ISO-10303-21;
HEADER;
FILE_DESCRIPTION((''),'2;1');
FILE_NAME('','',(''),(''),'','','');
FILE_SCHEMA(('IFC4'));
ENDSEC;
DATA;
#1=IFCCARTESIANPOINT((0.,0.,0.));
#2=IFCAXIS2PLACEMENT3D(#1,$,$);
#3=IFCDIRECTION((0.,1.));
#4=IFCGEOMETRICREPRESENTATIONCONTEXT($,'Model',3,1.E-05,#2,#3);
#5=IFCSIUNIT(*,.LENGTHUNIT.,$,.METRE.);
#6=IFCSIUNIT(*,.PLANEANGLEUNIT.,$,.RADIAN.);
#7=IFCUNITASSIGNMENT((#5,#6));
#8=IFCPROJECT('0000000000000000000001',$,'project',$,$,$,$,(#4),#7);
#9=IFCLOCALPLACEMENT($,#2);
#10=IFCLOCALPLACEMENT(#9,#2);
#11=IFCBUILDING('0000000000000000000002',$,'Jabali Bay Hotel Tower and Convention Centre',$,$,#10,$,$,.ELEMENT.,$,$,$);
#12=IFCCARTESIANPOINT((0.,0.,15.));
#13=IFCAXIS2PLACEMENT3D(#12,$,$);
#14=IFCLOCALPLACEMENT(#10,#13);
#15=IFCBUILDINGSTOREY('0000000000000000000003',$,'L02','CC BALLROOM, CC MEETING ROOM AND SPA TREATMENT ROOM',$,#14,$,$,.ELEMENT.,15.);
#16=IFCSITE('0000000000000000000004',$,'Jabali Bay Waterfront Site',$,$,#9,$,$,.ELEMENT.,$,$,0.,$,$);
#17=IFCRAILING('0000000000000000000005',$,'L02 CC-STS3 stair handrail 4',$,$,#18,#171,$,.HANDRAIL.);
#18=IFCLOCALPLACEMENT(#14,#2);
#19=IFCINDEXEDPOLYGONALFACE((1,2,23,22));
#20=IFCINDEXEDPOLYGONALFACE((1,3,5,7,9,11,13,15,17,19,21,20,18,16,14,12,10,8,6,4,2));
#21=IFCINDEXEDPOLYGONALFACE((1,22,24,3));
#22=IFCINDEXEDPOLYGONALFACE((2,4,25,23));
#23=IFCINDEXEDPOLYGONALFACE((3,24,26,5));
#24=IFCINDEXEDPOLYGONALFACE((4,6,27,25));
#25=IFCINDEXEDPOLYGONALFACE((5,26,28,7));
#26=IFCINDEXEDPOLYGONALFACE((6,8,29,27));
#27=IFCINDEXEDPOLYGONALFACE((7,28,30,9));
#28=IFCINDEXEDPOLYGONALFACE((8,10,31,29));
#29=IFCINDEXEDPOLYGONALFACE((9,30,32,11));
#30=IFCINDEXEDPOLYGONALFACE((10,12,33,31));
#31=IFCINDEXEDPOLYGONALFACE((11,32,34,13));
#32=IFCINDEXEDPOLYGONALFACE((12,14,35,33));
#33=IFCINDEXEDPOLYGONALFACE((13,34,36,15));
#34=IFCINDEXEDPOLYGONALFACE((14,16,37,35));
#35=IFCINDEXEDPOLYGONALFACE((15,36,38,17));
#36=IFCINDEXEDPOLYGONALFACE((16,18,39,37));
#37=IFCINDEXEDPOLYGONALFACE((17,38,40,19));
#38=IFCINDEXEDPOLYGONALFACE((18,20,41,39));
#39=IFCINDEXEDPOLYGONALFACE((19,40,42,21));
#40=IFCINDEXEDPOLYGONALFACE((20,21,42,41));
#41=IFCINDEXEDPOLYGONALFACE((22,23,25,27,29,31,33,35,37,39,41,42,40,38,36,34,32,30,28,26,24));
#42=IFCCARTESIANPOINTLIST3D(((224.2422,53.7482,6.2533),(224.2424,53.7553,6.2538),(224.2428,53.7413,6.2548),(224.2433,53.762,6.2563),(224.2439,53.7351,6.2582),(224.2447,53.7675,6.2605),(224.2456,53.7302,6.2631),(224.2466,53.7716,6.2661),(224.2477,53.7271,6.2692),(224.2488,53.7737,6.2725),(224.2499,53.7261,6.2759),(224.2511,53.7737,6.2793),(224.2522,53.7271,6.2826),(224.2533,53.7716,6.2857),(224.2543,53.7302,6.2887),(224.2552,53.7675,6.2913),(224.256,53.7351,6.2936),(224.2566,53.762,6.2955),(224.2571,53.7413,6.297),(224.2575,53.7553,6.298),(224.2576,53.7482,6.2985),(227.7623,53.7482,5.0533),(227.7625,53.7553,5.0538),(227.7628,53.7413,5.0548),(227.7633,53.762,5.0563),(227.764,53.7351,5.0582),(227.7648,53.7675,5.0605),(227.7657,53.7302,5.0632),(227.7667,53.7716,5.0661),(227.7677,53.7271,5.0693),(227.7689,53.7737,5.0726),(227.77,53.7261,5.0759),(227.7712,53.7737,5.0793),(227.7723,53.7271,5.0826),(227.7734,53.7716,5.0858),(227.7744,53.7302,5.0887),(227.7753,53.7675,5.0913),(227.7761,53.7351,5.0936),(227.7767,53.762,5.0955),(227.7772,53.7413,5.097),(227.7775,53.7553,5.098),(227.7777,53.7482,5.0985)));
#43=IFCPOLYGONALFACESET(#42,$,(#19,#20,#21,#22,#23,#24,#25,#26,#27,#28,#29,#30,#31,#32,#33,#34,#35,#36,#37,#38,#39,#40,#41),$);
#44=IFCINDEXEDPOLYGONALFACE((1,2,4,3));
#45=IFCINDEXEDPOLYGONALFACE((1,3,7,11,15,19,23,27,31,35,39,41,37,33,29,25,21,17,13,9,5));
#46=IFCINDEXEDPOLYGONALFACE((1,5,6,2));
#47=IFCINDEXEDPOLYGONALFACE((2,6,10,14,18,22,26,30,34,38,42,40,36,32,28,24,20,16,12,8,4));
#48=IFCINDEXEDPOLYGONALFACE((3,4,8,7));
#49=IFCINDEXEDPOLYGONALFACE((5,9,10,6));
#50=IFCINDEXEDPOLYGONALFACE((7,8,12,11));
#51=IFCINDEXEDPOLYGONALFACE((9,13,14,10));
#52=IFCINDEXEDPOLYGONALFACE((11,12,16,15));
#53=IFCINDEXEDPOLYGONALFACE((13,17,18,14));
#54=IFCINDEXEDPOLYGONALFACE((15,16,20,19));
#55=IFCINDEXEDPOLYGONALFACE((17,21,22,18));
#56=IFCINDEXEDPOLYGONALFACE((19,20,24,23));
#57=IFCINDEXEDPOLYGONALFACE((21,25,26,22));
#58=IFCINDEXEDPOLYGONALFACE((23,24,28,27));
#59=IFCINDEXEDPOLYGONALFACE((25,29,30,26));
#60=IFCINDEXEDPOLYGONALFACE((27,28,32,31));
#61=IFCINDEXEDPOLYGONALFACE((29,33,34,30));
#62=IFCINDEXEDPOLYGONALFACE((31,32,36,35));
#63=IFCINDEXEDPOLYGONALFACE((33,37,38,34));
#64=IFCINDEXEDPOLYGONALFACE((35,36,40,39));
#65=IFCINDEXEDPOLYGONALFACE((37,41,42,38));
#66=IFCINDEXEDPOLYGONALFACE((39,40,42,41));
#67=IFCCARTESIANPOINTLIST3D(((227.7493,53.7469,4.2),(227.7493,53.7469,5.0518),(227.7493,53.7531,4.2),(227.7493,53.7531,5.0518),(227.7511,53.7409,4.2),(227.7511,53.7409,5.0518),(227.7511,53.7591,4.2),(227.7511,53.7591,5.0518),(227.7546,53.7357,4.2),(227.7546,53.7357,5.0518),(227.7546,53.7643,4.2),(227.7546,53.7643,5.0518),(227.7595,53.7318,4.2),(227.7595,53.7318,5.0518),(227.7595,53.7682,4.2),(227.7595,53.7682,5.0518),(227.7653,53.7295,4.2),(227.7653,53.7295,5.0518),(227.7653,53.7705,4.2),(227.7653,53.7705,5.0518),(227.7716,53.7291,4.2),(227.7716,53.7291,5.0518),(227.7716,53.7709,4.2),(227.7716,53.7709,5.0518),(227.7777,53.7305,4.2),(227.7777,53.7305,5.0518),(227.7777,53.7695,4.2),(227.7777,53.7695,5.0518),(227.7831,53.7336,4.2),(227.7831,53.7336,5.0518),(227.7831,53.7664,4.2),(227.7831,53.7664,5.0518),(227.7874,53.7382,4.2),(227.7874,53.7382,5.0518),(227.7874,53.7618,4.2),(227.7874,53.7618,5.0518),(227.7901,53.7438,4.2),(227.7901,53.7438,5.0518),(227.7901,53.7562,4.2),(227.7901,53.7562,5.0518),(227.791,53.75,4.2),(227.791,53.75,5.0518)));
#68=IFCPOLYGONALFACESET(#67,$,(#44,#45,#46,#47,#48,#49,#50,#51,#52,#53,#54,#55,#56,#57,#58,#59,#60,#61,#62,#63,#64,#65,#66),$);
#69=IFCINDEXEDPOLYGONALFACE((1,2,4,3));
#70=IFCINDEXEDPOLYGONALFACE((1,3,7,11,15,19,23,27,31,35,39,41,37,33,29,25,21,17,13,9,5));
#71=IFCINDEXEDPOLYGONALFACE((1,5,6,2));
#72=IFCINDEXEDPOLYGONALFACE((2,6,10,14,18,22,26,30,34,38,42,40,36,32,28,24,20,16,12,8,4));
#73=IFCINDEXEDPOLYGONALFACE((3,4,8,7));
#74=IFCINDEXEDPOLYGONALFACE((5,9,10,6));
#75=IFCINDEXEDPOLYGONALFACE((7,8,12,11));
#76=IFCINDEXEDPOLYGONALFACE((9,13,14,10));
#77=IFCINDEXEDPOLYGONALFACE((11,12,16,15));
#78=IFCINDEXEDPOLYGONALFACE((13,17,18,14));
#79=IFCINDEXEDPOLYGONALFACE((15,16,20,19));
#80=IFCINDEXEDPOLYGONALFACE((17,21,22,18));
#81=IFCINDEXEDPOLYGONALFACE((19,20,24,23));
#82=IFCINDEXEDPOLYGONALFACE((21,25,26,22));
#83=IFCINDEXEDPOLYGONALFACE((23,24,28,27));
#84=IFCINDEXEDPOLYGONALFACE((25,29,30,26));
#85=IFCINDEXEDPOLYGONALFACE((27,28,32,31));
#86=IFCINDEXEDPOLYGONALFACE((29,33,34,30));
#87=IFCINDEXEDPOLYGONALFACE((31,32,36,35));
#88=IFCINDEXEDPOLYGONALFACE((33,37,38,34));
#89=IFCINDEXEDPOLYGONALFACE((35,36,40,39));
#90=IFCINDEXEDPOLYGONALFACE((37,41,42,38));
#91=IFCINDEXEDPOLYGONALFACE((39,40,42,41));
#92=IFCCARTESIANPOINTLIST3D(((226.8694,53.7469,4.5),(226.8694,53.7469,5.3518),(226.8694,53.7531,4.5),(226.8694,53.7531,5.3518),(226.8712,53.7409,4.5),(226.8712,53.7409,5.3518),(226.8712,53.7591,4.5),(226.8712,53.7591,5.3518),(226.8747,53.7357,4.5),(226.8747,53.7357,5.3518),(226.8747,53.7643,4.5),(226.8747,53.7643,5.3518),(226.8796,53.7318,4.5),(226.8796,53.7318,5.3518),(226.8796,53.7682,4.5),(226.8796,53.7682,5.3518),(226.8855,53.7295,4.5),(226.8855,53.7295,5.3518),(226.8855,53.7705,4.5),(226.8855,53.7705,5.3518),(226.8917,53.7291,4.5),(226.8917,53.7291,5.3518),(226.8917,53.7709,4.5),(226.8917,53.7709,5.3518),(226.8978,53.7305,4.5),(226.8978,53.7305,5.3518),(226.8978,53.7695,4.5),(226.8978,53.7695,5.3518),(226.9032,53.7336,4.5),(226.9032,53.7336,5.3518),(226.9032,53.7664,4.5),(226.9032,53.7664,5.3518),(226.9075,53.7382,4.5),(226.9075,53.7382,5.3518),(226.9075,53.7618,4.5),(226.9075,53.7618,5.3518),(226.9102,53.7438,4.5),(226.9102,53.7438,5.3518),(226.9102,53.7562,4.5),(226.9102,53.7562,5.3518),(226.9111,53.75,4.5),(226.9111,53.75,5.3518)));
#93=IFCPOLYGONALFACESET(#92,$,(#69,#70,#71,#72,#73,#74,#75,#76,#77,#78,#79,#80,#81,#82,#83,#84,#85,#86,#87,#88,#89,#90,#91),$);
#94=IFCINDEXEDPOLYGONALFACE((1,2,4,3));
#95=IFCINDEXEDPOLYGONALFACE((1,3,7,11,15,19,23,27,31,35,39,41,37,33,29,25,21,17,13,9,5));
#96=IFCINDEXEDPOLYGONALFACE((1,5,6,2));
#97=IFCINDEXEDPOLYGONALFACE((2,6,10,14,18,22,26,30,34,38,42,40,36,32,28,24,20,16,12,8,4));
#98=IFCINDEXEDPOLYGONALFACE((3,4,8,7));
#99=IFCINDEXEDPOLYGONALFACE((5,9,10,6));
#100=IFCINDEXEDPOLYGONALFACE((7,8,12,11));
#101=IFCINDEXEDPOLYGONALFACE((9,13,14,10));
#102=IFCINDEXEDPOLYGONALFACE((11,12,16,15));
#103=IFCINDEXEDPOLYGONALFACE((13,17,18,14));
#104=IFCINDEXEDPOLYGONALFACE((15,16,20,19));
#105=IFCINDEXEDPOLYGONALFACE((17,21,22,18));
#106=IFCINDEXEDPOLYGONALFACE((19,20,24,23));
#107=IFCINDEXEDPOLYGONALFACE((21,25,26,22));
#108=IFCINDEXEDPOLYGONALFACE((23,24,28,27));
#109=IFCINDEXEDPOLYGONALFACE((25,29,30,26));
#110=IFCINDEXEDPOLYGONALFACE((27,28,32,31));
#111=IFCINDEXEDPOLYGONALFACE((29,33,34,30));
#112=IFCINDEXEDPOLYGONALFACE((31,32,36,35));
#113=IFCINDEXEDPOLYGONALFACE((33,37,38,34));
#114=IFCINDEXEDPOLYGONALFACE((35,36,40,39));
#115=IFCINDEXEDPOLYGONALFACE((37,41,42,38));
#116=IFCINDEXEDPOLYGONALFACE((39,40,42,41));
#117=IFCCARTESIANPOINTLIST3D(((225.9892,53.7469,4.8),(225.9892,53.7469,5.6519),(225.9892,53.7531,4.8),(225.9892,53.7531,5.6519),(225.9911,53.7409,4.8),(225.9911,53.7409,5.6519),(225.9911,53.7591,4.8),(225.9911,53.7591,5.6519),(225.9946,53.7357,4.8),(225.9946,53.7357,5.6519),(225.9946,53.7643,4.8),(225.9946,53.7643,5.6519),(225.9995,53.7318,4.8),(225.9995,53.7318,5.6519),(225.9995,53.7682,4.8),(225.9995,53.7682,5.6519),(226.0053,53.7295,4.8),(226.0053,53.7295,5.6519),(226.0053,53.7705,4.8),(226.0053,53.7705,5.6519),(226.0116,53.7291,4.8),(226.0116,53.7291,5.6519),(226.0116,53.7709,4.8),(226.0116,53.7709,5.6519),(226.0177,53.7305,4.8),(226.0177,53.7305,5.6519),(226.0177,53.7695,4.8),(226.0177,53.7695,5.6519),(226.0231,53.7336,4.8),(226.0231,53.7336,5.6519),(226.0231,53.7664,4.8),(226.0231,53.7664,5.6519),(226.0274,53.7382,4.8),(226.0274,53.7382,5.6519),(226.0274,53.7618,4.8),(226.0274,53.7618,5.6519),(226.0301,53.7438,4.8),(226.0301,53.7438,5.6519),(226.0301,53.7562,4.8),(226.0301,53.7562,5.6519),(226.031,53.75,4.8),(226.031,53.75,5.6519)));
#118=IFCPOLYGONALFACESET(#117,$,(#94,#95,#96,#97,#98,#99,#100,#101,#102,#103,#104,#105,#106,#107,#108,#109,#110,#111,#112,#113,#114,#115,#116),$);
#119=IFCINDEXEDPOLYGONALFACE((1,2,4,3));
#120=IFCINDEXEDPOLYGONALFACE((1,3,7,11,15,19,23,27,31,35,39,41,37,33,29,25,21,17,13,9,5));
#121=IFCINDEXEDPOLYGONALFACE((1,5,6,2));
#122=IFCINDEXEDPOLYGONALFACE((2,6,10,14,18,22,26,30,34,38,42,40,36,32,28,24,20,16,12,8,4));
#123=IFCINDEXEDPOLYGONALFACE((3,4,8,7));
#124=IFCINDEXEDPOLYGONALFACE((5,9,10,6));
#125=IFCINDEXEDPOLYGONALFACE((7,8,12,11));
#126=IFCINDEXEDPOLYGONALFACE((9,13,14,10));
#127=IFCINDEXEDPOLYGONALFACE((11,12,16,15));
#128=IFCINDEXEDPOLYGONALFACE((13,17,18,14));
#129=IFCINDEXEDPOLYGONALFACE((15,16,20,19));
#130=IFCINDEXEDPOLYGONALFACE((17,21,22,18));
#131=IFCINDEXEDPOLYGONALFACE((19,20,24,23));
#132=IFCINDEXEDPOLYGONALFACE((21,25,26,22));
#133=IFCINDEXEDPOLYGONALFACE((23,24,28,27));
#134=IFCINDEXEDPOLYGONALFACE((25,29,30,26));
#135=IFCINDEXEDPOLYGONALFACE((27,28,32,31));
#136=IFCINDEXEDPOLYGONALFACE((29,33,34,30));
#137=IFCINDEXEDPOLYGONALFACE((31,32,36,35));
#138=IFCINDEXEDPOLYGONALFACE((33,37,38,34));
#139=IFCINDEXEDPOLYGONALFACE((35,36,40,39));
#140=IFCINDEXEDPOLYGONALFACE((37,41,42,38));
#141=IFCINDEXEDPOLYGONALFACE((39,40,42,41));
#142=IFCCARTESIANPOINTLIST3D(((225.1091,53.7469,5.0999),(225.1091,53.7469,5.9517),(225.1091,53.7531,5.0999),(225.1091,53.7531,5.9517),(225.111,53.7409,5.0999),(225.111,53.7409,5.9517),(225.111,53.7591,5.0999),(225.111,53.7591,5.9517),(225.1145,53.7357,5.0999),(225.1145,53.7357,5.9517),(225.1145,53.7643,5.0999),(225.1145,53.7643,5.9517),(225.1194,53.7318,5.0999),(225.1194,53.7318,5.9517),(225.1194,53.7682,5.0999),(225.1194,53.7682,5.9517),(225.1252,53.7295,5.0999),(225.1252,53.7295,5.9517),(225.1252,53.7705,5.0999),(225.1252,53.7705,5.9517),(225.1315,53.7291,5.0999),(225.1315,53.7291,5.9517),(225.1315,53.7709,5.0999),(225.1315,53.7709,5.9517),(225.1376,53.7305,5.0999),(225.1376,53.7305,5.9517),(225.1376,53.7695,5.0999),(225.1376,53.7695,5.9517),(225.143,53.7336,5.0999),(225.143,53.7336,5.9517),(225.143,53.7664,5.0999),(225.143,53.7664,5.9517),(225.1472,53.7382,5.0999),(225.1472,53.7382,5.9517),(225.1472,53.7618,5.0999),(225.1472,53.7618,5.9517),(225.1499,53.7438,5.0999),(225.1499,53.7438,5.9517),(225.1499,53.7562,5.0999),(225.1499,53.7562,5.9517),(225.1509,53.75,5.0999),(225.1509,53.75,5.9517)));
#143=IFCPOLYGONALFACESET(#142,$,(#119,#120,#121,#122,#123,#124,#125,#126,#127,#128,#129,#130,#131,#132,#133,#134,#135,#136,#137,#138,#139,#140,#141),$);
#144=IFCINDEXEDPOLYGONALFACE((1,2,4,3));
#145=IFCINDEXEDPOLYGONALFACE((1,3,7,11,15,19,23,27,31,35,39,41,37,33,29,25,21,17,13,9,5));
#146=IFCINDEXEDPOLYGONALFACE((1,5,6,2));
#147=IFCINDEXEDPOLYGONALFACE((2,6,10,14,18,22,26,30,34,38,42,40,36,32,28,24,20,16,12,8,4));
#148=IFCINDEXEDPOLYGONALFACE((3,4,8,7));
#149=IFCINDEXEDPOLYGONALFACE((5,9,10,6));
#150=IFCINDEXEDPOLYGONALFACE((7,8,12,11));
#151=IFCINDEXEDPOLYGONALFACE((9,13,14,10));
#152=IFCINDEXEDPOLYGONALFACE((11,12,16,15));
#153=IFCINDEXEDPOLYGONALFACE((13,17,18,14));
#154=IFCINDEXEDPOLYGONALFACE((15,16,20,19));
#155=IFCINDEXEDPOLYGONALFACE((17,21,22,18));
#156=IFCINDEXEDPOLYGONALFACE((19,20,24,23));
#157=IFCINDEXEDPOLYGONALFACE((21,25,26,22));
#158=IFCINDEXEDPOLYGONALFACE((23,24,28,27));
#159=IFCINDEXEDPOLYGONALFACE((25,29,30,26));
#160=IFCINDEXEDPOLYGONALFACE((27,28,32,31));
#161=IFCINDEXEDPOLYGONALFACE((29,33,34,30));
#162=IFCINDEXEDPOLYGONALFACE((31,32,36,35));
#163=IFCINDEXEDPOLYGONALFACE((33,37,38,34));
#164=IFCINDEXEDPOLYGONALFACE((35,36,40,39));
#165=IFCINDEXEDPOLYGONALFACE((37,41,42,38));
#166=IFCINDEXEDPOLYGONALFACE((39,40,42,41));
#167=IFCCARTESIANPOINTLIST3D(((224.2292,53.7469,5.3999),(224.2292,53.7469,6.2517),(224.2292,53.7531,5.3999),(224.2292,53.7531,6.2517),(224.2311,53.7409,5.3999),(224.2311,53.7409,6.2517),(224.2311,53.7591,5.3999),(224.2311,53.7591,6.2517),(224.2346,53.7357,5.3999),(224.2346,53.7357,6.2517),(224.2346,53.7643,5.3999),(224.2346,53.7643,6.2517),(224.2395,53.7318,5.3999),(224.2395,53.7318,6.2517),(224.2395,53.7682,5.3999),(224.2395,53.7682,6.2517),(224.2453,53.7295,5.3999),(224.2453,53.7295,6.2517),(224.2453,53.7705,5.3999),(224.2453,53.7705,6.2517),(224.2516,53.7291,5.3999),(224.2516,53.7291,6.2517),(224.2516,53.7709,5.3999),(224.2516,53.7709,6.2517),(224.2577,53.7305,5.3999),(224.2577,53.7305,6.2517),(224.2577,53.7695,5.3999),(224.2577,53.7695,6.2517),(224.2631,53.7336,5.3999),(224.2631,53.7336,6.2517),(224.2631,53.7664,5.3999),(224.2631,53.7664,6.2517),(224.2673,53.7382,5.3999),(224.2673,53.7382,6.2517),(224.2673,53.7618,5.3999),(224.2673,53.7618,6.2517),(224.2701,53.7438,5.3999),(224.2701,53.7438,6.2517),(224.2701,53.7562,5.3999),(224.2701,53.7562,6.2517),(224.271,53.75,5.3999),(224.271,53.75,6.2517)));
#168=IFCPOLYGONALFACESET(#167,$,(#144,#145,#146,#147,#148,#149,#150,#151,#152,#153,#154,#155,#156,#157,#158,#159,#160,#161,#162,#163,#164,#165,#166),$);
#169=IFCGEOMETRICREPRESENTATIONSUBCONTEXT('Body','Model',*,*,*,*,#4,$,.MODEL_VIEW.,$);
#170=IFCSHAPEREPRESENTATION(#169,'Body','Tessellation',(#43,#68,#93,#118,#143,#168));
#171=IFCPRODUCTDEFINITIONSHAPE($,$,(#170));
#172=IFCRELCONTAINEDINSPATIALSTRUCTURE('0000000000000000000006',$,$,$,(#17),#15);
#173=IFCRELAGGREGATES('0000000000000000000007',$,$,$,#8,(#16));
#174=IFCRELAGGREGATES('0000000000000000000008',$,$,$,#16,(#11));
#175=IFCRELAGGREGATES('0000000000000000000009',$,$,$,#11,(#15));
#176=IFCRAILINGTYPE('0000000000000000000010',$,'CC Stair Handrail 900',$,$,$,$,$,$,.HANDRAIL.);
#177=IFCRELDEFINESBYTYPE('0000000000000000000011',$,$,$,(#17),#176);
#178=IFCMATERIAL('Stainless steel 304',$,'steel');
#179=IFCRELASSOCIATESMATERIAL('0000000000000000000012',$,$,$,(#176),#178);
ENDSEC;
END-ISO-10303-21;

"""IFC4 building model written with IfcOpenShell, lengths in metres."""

from ifc_helpers import new_model, si_unit, direction, frame, origin, origin_2d, place, context, subcontext, project, spatial, circle, extrude, material, type_object, element, save


model = new_model("IFC4")

# Units and contexts
model_context = context("Model", 3, precision=1e-05, world=origin(), true_north=direction((0.0, 1.0)))
body_context = subcontext(model_context, "Body", "Model", "MODEL_VIEW")
ifc_project = project(units=[si_unit("LENGTHUNIT", "METRE"), si_unit("PLANEANGLEUNIT", "RADIAN")], contexts=[model_context])

# Site, building, storey
site_placement = place(None, origin())
site = spatial("IfcSite", under=ifc_project, at=site_placement, Name="Jabali Bay Waterfront Site", CompositionType="ELEMENT", RefElevation=0.0)
building_placement = place(site_placement, origin())
building = spatial("IfcBuilding", under=site, at=building_placement, Name="Jabali Bay Hotel Tower and Convention Centre", CompositionType="ELEMENT")
storey_placement = place(building_placement, frame((0.0, 0.0, 15.0)))
storey = spatial("IfcBuildingStorey", under=building, at=storey_placement, Name="L02", Description="CC BALLROOM, CC MEETING ROOM AND SPA TREATMENT ROOM", CompositionType="ELEMENT", Elevation=15.0)

# Railing
ifc_material_1 = material(Name="Stainless steel 304", Category="steel")
railing_type_1 = type_object("IfcRailingType", Name="CC Stair Handrail 900", PredefinedType="HANDRAIL", material=ifc_material_1)
railing_1_placement = place(storey_placement, frame((227.77, 53.75, 4.2)))
element("IfcRailing", 1, at=railing_1_placement, inside=storey, type_object=railing_type_1, Name="L02 CC-STS3 stair handrail 4", PredefinedType="HANDRAIL", context=body_context, shape_type="SweptSolid", body=[
    extrude(circle(Radius=0.0239, at=origin_2d()), frame((0.0, 0.0, 0.876), z_axis=(-0.946515, 0.0, 0.322661), x_axis=(0.0, -1.0, 0.0)), (0.0, 0.0, 1.0), 3.719),
    extrude(circle(Radius=0.021, at=origin_2d()), origin(), (0.0, 0.0, 1.0), 0.8518),
    extrude(circle(Radius=0.021, at=origin_2d()), frame((-0.8799, 0.0, 0.3)), (0.0, 0.0, 1.0), 0.8518),
    extrude(circle(Radius=0.021, at=origin_2d()), frame((-1.76, 0.0, 0.6001)), (0.0, 0.0, 1.0), 0.8518),
    extrude(circle(Radius=0.021, at=origin_2d()), frame((-2.6401, 0.0, 0.8999)), (0.0, 0.0, 1.0), 0.8518),
    extrude(circle(Radius=0.021, at=origin_2d()), frame((-3.52, 0.0, 1.2)), (0.0, 0.0, 1.0), 0.8518),
])

save(model, "model.ifc")
